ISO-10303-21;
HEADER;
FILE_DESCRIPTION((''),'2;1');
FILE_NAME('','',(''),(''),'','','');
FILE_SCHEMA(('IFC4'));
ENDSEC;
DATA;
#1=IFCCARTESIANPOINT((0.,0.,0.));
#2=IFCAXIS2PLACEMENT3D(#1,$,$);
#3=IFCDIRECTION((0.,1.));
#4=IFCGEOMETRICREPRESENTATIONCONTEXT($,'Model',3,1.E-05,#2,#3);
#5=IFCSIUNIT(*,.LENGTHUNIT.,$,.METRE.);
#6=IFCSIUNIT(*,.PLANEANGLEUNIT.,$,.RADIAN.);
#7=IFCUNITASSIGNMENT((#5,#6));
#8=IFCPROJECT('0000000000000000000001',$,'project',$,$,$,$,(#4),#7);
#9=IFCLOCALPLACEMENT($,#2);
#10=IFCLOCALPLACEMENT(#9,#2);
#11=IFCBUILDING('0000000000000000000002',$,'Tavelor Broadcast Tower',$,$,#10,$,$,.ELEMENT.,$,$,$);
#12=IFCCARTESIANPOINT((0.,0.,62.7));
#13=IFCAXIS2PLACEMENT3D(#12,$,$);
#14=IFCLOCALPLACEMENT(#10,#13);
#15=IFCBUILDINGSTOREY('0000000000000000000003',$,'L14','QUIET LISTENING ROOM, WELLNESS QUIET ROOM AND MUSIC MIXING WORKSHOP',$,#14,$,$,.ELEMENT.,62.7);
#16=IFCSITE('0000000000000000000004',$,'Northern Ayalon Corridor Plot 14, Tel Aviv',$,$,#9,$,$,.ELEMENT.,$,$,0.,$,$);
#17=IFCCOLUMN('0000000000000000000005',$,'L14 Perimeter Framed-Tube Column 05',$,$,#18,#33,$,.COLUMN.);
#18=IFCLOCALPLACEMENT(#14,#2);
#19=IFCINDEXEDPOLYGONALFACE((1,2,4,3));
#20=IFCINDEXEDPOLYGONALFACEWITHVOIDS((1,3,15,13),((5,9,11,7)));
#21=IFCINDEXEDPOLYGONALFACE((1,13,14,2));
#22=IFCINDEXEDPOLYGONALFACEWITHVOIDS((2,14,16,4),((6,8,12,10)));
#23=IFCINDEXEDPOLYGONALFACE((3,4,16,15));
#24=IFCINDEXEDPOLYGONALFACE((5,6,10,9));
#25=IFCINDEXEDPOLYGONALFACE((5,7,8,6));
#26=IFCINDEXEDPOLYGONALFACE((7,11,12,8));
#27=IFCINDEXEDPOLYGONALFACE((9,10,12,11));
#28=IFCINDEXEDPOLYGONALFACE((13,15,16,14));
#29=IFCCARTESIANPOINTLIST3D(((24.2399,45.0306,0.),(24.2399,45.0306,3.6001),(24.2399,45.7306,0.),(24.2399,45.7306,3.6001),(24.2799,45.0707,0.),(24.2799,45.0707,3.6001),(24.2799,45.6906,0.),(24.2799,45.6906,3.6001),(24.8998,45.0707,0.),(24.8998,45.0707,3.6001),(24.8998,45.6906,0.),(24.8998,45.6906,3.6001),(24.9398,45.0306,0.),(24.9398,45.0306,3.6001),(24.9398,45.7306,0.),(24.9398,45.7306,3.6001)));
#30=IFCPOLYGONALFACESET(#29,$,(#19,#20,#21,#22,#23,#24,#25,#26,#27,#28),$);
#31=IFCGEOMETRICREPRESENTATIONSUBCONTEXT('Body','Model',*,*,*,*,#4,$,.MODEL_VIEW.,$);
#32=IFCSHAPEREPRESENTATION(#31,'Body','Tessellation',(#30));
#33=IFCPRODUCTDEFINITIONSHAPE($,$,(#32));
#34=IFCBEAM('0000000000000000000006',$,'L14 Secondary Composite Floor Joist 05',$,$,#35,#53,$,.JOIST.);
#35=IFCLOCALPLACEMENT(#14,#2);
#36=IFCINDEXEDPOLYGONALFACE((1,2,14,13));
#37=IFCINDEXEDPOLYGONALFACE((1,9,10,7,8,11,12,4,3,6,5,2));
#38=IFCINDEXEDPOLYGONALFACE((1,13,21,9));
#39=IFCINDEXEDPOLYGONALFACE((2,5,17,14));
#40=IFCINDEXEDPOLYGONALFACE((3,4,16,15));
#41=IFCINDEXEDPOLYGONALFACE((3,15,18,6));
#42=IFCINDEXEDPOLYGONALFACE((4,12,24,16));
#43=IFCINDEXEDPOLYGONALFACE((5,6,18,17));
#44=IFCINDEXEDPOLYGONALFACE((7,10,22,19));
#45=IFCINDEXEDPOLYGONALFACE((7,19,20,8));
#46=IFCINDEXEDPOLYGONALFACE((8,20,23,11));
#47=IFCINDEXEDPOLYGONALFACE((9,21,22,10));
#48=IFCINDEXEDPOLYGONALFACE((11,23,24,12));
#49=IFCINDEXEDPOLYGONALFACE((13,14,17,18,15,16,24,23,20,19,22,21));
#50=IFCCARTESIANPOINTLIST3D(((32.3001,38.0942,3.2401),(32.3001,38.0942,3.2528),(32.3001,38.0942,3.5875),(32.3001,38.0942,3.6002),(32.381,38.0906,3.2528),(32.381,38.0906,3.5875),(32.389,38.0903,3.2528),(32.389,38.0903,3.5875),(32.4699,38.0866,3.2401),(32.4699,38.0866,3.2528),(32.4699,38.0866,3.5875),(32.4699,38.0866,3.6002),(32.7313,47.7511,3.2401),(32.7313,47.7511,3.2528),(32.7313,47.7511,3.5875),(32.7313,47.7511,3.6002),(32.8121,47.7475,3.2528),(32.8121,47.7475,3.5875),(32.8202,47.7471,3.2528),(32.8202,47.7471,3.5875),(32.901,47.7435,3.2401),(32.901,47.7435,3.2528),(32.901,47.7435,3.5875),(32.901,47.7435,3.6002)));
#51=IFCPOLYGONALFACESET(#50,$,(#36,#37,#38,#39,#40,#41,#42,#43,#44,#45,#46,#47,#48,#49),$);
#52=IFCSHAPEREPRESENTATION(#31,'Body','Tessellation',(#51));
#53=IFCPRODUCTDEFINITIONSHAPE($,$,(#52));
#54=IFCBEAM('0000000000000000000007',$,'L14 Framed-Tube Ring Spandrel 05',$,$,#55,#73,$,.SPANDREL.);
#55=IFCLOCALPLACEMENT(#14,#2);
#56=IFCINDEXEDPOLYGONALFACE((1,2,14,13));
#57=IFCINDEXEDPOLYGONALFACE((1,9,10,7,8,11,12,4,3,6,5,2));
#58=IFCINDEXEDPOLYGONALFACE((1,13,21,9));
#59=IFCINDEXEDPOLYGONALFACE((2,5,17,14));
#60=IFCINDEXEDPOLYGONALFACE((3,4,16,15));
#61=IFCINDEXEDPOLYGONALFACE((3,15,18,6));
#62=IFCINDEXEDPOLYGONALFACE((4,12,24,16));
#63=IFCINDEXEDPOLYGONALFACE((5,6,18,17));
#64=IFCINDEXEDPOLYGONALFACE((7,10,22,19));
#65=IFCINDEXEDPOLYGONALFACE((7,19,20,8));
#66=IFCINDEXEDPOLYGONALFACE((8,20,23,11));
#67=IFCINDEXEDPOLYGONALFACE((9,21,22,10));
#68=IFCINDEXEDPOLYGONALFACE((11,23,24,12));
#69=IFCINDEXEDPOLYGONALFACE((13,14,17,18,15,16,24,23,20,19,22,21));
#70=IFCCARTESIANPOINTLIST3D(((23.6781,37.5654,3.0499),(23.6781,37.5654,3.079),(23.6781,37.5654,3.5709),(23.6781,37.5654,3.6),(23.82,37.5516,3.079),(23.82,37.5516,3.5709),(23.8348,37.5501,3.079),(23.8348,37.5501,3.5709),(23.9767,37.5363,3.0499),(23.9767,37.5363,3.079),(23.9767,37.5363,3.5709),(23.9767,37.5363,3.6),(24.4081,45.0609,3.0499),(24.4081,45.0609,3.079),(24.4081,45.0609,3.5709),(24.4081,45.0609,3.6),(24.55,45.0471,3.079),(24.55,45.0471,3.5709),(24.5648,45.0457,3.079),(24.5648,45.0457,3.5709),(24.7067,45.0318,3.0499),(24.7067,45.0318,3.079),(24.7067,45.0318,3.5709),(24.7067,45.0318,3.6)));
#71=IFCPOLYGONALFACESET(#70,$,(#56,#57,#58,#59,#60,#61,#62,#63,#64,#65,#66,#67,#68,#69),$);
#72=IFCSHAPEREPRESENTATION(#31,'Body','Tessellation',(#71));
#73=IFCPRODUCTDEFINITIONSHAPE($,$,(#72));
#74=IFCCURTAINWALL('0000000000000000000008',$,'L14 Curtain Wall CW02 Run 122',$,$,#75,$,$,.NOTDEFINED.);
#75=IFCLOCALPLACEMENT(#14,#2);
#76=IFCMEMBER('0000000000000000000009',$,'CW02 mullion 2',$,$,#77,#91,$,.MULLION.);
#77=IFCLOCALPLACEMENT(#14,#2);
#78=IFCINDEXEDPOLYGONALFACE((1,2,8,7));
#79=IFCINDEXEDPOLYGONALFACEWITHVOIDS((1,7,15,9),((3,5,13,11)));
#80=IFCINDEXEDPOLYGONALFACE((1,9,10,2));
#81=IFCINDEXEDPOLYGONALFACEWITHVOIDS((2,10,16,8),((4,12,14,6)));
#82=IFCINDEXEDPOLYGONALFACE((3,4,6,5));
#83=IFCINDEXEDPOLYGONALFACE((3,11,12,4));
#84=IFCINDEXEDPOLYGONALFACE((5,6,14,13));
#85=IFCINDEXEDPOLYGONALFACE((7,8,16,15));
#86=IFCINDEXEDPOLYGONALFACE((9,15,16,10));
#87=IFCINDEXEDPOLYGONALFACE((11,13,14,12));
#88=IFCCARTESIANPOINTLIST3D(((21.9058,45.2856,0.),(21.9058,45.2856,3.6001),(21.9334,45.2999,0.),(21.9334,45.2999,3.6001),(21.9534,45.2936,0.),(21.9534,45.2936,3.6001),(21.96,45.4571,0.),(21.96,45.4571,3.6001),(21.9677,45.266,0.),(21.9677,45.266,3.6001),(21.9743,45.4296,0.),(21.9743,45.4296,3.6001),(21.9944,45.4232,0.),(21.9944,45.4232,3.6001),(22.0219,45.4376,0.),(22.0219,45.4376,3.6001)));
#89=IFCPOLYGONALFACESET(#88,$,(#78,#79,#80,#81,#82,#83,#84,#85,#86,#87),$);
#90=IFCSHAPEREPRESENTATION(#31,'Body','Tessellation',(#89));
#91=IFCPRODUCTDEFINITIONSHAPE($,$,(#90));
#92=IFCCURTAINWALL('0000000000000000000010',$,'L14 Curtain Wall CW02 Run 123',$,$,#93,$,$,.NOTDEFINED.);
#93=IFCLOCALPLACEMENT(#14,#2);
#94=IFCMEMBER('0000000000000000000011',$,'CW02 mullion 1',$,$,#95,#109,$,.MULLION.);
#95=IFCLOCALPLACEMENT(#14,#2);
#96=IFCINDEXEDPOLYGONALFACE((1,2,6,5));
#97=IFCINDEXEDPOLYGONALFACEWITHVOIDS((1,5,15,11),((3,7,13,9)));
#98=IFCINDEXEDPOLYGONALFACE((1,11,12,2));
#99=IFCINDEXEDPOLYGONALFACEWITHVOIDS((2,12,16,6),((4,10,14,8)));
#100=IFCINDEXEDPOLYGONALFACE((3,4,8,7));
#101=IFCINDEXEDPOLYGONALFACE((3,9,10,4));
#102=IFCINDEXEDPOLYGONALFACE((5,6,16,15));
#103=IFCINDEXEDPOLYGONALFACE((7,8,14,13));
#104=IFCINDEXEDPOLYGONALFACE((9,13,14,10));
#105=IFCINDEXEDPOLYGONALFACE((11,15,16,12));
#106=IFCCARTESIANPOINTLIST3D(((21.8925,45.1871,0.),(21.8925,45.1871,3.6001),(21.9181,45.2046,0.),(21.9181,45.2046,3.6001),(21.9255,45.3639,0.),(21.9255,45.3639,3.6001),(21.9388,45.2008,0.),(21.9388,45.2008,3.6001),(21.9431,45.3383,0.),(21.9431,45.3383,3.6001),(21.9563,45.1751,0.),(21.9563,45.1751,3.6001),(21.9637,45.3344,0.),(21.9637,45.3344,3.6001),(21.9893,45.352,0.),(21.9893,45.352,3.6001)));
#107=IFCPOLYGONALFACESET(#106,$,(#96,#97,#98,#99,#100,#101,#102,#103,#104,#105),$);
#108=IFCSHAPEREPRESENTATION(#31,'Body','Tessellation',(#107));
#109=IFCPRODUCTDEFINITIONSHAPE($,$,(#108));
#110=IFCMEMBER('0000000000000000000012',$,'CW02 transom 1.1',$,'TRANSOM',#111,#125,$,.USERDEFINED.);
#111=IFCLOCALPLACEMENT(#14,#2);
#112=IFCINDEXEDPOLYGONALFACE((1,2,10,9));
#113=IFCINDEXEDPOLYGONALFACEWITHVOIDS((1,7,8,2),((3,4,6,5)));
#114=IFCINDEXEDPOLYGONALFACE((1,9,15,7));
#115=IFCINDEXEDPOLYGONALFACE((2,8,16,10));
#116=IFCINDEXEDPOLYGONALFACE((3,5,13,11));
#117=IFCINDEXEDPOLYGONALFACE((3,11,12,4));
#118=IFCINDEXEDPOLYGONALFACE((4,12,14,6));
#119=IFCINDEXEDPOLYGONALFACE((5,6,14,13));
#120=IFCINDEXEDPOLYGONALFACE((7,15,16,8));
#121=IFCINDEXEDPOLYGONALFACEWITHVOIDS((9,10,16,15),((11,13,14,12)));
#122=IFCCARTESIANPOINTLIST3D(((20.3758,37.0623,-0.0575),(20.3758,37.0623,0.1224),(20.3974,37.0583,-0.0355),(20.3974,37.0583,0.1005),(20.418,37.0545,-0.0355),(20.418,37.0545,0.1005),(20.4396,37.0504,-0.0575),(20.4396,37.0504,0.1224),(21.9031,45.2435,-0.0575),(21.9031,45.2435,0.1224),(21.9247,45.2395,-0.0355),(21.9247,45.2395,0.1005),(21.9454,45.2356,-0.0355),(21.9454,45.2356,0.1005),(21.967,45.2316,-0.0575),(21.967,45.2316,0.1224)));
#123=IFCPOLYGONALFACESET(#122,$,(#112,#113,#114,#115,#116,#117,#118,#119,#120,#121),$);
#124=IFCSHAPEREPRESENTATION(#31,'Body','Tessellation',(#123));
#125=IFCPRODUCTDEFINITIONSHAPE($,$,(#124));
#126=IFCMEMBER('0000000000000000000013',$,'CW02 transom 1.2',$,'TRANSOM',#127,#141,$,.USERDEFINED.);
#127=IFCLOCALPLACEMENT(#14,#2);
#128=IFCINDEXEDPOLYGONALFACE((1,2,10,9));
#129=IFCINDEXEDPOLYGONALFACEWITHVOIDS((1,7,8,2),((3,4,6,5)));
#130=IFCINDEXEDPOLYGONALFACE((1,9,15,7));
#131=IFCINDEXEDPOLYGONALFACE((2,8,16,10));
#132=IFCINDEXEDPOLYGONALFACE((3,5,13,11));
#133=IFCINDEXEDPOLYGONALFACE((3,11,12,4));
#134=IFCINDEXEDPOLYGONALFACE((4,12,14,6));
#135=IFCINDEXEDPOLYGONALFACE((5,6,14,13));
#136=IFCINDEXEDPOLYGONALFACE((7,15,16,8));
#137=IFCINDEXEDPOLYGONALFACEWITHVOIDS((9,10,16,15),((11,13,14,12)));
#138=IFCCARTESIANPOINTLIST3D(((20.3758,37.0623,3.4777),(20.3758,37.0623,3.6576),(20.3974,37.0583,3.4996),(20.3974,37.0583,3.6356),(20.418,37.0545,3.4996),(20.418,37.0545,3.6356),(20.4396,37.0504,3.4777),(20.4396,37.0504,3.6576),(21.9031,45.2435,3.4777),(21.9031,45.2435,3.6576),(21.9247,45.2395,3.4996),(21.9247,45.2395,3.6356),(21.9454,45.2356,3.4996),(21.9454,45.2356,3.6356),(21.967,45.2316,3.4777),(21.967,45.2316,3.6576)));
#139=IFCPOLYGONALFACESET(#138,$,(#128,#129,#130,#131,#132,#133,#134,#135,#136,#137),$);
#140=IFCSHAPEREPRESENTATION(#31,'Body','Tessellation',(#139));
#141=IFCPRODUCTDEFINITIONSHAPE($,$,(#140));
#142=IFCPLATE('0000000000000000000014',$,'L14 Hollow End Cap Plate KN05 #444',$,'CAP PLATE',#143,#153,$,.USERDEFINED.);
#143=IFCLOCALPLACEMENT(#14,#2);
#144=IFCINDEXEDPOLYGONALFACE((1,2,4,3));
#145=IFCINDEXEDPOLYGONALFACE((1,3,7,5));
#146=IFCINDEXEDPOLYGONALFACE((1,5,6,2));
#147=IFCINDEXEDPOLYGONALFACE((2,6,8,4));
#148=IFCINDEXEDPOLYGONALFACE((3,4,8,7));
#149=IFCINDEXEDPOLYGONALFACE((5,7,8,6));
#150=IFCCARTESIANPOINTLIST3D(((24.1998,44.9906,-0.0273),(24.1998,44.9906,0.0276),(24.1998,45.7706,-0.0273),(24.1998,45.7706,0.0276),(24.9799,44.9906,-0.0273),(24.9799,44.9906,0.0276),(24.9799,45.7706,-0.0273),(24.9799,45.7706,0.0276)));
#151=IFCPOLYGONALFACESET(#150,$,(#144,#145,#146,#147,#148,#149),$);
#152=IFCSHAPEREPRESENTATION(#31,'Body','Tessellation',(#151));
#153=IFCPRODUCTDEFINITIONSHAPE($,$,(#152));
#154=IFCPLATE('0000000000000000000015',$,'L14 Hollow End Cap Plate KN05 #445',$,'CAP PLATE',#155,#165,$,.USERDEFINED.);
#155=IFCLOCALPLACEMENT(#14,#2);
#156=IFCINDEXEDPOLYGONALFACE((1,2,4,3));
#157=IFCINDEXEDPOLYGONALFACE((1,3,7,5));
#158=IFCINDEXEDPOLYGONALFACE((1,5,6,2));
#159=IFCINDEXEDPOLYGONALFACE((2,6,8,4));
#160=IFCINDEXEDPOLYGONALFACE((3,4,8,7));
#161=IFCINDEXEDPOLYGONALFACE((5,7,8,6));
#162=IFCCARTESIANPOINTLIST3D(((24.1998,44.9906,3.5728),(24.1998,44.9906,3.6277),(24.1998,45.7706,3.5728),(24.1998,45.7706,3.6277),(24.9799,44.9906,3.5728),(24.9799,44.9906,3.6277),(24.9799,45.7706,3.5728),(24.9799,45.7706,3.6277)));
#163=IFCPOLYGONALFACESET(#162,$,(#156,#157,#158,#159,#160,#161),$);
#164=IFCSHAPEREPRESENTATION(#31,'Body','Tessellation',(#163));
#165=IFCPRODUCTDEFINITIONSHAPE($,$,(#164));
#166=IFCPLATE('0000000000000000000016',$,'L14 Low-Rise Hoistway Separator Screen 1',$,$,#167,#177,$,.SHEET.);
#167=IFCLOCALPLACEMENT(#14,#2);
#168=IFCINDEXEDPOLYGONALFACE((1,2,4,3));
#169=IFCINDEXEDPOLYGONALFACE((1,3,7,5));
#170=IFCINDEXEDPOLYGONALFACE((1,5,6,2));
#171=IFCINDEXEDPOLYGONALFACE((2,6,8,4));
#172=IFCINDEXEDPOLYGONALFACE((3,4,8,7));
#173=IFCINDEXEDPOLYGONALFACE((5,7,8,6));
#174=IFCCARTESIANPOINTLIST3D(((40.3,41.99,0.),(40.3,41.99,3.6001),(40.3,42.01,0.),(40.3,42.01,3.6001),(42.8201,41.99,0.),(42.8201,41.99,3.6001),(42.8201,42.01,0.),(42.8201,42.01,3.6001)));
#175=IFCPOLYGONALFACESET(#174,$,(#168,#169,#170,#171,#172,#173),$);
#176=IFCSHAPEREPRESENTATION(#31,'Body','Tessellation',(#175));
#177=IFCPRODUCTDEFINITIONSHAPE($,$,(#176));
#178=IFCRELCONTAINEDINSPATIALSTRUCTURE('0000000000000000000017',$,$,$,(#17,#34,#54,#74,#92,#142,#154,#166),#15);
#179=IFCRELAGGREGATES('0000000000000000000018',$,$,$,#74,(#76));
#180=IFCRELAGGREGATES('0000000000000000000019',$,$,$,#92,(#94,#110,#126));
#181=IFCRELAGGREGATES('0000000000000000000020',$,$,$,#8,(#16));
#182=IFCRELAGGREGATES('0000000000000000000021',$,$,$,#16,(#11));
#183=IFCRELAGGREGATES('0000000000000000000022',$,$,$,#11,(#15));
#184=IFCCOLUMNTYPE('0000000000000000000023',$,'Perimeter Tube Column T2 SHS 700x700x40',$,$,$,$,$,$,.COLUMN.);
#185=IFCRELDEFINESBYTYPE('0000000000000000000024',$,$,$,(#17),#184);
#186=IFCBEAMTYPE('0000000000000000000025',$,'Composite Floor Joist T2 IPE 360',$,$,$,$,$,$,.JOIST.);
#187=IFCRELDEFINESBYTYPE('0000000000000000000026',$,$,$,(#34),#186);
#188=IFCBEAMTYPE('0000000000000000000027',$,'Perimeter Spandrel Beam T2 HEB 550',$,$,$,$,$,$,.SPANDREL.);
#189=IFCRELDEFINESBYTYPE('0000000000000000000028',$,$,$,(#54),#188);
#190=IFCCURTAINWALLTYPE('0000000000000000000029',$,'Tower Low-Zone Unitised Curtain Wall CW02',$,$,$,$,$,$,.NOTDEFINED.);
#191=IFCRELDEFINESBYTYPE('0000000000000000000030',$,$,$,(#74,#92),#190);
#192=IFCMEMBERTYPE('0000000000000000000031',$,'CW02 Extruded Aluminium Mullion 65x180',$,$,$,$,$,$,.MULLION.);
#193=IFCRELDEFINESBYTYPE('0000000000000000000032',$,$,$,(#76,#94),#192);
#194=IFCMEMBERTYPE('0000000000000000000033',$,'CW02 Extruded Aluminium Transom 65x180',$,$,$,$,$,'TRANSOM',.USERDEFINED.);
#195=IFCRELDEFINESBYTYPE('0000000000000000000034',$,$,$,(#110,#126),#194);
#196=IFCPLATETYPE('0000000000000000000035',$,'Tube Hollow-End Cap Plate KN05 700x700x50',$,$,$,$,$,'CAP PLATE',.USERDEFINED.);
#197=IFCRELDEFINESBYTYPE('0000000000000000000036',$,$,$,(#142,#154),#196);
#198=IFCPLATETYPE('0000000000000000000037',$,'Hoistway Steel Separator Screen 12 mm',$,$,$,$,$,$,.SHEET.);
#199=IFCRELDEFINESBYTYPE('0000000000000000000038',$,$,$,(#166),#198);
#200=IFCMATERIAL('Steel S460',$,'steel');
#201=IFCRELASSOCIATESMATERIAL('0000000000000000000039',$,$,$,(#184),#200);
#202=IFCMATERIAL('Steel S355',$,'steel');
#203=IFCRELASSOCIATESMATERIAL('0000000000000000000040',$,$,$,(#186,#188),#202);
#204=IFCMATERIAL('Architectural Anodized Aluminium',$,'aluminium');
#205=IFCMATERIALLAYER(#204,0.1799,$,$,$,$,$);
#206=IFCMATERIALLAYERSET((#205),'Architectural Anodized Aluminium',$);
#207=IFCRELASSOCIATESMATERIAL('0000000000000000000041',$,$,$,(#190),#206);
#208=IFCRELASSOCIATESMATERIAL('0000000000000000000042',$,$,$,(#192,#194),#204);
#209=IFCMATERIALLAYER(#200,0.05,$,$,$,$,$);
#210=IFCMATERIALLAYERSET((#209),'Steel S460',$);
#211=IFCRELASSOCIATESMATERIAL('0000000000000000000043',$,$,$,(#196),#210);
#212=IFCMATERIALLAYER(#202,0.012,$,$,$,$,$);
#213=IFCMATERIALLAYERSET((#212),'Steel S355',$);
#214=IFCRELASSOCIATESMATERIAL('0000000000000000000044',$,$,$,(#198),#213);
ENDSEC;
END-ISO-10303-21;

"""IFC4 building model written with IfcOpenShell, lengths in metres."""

from ifc_helpers import new_model, si_unit, direction, frame, origin, origin_2d, place, context, subcontext, project, spatial, rectangle, hollow_rectangle, i_section, extrude, source, transform, mapped, material, layer, layer_set, material_profile, profile_set, type_object, type_shapes, element, aggregate, save


model = new_model("IFC4")

# Units and contexts
model_context = context("Model", 3, precision=1e-05, world=origin(), true_north=direction((0.0, 1.0)))
body_context = subcontext(model_context, "Body", "Model", "MODEL_VIEW")
ifc_project = project(units=[si_unit("LENGTHUNIT", "METRE"), si_unit("PLANEANGLEUNIT", "RADIAN")], contexts=[model_context])

# Site, building, storey
site_placement = place(None, origin())
site = spatial("IfcSite", under=ifc_project, at=site_placement, Name="Northern Ayalon Corridor Plot 14, Tel Aviv", CompositionType="ELEMENT", RefElevation=0.0)
building_placement = place(site_placement, origin())
building = spatial("IfcBuilding", under=site, at=building_placement, Name="Tavelor Broadcast Tower", CompositionType="ELEMENT")
storey_placement = place(building_placement, frame((0.0, 0.0, 62.7)))
storey = spatial("IfcBuildingStorey", under=building, at=storey_placement, Name="L14", Description="QUIET LISTENING ROOM, WELLNESS QUIET ROOM AND MUSIC MIXING WORKSHOP", CompositionType="ELEMENT", Elevation=62.7)

# Column
ifc_material_1 = material(Name="Steel S460", Category="steel")
ifc_material_profile_1 = material_profile(ifc_material_1, hollow_rectangle(XDim=0.7, YDim=0.7, WallThickness=0.04, at=origin_2d()), Name="SHS 700x700x40")
ifc_profile_set_1 = profile_set([ifc_material_profile_1], Name="Steel S460")
column_type = type_object("IfcColumnType", Name="Perimeter Tube Column T2 SHS 700x700x40", PredefinedType="COLUMN", material=ifc_profile_set_1)
column_placement = place(storey_placement, frame((24.5898, 45.3806, 0.0), z_axis=(0.0, 0.0, 1.0), x_axis=(1.0, 0.0, 0.0)))
element("IfcColumn", 1, at=column_placement, inside=storey, type_object=column_type, Name="L14 Perimeter Framed-Tube Column 05", PredefinedType="COLUMN", context=body_context, shape_type="SweptSolid", body=[
    extrude(hollow_rectangle(XDim=0.7, YDim=0.7, WallThickness=0.04, at=origin_2d()), origin(), (0.0, 0.0, 1.0), 3.6001),
])

# Beams
ifc_material_2 = material(Name="Steel S355", Category="steel")
ifc_material_profile_2 = material_profile(ifc_material_2, i_section(OverallWidth=0.1699, OverallDepth=0.3601, WebThickness=0.0081, FlangeThickness=0.0127, at=origin_2d()), Name="IPE 360")
ifc_profile_set_2 = profile_set([ifc_material_profile_2], Name="Steel S355")
beam_type_1 = type_object("IfcBeamType", Name="Composite Floor Joist T2 IPE 360", PredefinedType="JOIST", material=ifc_profile_set_2)
beam_1_placement = place(storey_placement, frame((32.8162, 47.7473, 3.4202), z_axis=(-0.044602, -0.999005, 0.0), x_axis=(0.999005, -0.044602, 0.0)))
element("IfcBeam", 2, at=beam_1_placement, inside=storey, type_object=beam_type_1, Name="L14 Secondary Composite Floor Joist 05", PredefinedType="JOIST", context=body_context, shape_type="SweptSolid", body=[
    extrude(i_section(OverallWidth=0.1699, OverallDepth=0.3601, WebThickness=0.0081, FlangeThickness=0.0127, at=origin_2d()), origin(), (0.0, 0.0, 1.0), 9.6665),
])
ifc_material_profile_3 = material_profile(ifc_material_2, i_section(OverallWidth=0.3, OverallDepth=0.55, WebThickness=0.0149, FlangeThickness=0.0291, at=origin_2d()), Name="HEB 550")
ifc_profile_set_3 = profile_set([ifc_material_profile_3], Name="Steel S355")
beam_type_2 = type_object("IfcBeamType", Name="Perimeter Spandrel Beam T2 HEB 550", PredefinedType="SPANDREL", material=ifc_profile_set_3)
beam_2_placement = place(storey_placement, frame((24.5574, 45.0464, 3.325), z_axis=(-0.096929, -0.995291, 0.0), x_axis=(0.995291, -0.096929, 0.0)))
element("IfcBeam", 3, at=beam_2_placement, inside=storey, type_object=beam_type_2, Name="L14 Framed-Tube Ring Spandrel 05", PredefinedType="SPANDREL", context=body_context, shape_type="SweptSolid", body=[
    extrude(i_section(OverallWidth=0.3, OverallDepth=0.55, WebThickness=0.0149, FlangeThickness=0.0291, at=origin_2d()), origin(), (0.0, 0.0, 1.0), 7.531),
])

# Curtain wall, member
ifc_material_3 = material(Name="Architectural Anodized Aluminium", Category="aluminium")
ifc_layer_1 = layer(ifc_material_3, 0.1799)
ifc_layer_set_1 = layer_set([ifc_layer_1], Name="Architectural Anodized Aluminium")
curtain_wall_type = type_object("IfcCurtainWallType", Name="Tower Low-Zone Unitised Curtain Wall CW02", PredefinedType="NOTDEFINED", material=ifc_layer_set_1)
curtain_wall_1_placement = place(storey_placement, origin())
curtain_wall_1 = element("IfcCurtainWall", 4, at=curtain_wall_1_placement, inside=storey, type_object=curtain_wall_type, Name="L14 Curtain Wall CW02 Run 122", PredefinedType="NOTDEFINED")
ifc_material_profile_4 = material_profile(ifc_material_3, hollow_rectangle(XDim=0.0649, YDim=0.1799, WallThickness=0.022, at=origin_2d()), Name="RHS 65x180x22")
ifc_profile_set_4 = profile_set([ifc_material_profile_4], Name="Architectural Anodized Aluminium")
member_type_1 = type_object("IfcMemberType", Name="CW02 Extruded Aluminium Mullion 65x180", PredefinedType="MULLION", material=ifc_profile_set_4)
shared_shape_1 = source(origin(), body_context, "Body", "SweptSolid", [
    extrude(hollow_rectangle(XDim=0.0649, YDim=0.1799, WallThickness=0.022, at=origin_2d()), origin(), (0.0, 0.0, 1.0), 3.6001),
])
type_shapes(member_type_1, [shared_shape_1])
member_1_placement = place(storey_placement, frame((21.9639, 45.3616, 0.0), z_axis=(0.0, 0.0, 1.0), x_axis=(0.953587, -0.301118, 0.0)))
member_1 = element("IfcMember", 5, at=member_1_placement, type_object=member_type_1, Name="CW02 mullion 2", PredefinedType="MULLION", context=body_context, shape_type="MappedRepresentation", body=[
    mapped(shared_shape_1, transform((0.0, 0.0, 0.0), scale=1.0)),
])

# Curtain wall, members
curtain_wall_2_placement = place(storey_placement, origin())
curtain_wall_2 = element("IfcCurtainWall", 6, at=curtain_wall_2_placement, inside=storey, type_object=curtain_wall_type, Name="L14 Curtain Wall CW02 Run 123", PredefinedType="NOTDEFINED")
member_2_placement = place(storey_placement, frame((21.9409, 45.2695, 0.0), z_axis=(0.0, 0.0, 1.0), x_axis=(0.983018, -0.183507, 0.0)))
member_2 = element("IfcMember", 7, at=member_2_placement, type_object=member_type_1, Name="CW02 mullion 1", PredefinedType="MULLION", context=body_context, shape_type="MappedRepresentation", body=[
    mapped(shared_shape_1, transform((0.0, 0.0, 0.0), scale=1.0)),
])
ifc_material_profile_5 = material_profile(ifc_material_3, hollow_rectangle(XDim=0.0649, YDim=0.1799, WallThickness=0.022, at=origin_2d()), Name="RHS 65x180x22")
ifc_profile_set_5 = profile_set([ifc_material_profile_5], Name="Architectural Anodized Aluminium")
member_type_2 = type_object("IfcMemberType", Name="CW02 Extruded Aluminium Transom 65x180", ElementType="TRANSOM", PredefinedType="USERDEFINED", material=ifc_profile_set_5)
shared_shape_2 = source(origin(), body_context, "Body", "SweptSolid", [
    extrude(hollow_rectangle(XDim=0.0649, YDim=0.1799, WallThickness=0.022, at=origin_2d()), origin(), (0.0, 0.0, 1.0), 8.3225),
])
type_shapes(member_type_2, [shared_shape_2])
member_3_placement = place(storey_placement, frame((21.9351, 45.2375, 0.0325), z_axis=(-0.18352, -0.983016, 0.0), x_axis=(0.983016, -0.18352, 0.0)))
member_3 = element("IfcMember", 8, at=member_3_placement, type_object=member_type_2, Name="CW02 transom 1.1", ObjectType="TRANSOM", PredefinedType="USERDEFINED", context=body_context, shape_type="MappedRepresentation", body=[
    mapped(shared_shape_2, transform((0.0, 0.0, 0.0), scale=1.0)),
])
member_4_placement = place(storey_placement, frame((21.9351, 45.2375, 3.5676), z_axis=(-0.18352, -0.983016, 0.0), x_axis=(0.983016, -0.18352, 0.0)))
member_4 = element("IfcMember", 9, at=member_4_placement, type_object=member_type_2, Name="CW02 transom 1.2", ObjectType="TRANSOM", PredefinedType="USERDEFINED", context=body_context, shape_type="MappedRepresentation", body=[
    mapped(shared_shape_2, transform((0.0, 0.0, 0.0), scale=1.0)),
])

# Plates
ifc_layer_2 = layer(ifc_material_1, 0.05)
ifc_layer_set_2 = layer_set([ifc_layer_2], Name="Steel S460")
plate_type_1 = type_object("IfcPlateType", Name="Tube Hollow-End Cap Plate KN05 700x700x50", ElementType="CAP PLATE", PredefinedType="USERDEFINED", material=ifc_layer_set_2)
shared_shape_3 = source(origin(), body_context, "Body", "SweptSolid", [
    extrude(rectangle(XDim=0.78, YDim=0.78, at=origin_2d()), origin(), (0.0, 0.0, 1.0), 0.0549),
])
type_shapes(plate_type_1, [shared_shape_3])
for number, where, z_axis, x_axis, name in (
    (10, (24.5898, 45.3806, -0.0273), (0.0, 0.0, 1.0), (1.0, 0.0, 0.0), "L14 Hollow End Cap Plate KN05 #444"),
    (11, (24.5898, 45.3806, 3.5728), (0.0, 0.0, 1.0), (1.0, 0.0, 0.0), "L14 Hollow End Cap Plate KN05 #445"),
):
    element("IfcPlate", number, at=place(storey_placement, frame(where, z_axis=z_axis, x_axis=x_axis)), inside=storey, type_object=plate_type_1, Name=name, ObjectType="CAP PLATE", PredefinedType="USERDEFINED", context=body_context, shape_type="MappedRepresentation", body=[
        mapped(shared_shape_3, transform((0.0, 0.0, 0.0), scale=1.0)),
    ])
ifc_layer_3 = layer(ifc_material_2, 0.012)
ifc_layer_set_3 = layer_set([ifc_layer_3], Name="Steel S355")
plate_type_2 = type_object("IfcPlateType", Name="Hoistway Steel Separator Screen 12 mm", PredefinedType="SHEET", material=ifc_layer_set_3)
shared_shape_4 = source(origin(), body_context, "Body", "SweptSolid", [
    extrude(rectangle(XDim=2.52, YDim=0.02, at=origin_2d()), origin(), (0.0, 0.0, 1.0), 3.6001),
])
type_shapes(plate_type_2, [shared_shape_4])
plate_1_placement = place(storey_placement, frame((41.5601, 42.0, 0.0), z_axis=(0.0, 0.0, 1.0), x_axis=(1.0, 0.0, 0.0)))
element("IfcPlate", 12, at=plate_1_placement, inside=storey, type_object=plate_type_2, Name="L14 Low-Rise Hoistway Separator Screen 1", PredefinedType="SHEET", context=body_context, shape_type="MappedRepresentation", body=[
    mapped(shared_shape_4, transform((0.0, 0.0, 0.0), scale=1.0)),
])

aggregate(curtain_wall_1, [member_1])
aggregate(curtain_wall_2, [member_2, member_3, member_4])

save(model, "model.ifc")
